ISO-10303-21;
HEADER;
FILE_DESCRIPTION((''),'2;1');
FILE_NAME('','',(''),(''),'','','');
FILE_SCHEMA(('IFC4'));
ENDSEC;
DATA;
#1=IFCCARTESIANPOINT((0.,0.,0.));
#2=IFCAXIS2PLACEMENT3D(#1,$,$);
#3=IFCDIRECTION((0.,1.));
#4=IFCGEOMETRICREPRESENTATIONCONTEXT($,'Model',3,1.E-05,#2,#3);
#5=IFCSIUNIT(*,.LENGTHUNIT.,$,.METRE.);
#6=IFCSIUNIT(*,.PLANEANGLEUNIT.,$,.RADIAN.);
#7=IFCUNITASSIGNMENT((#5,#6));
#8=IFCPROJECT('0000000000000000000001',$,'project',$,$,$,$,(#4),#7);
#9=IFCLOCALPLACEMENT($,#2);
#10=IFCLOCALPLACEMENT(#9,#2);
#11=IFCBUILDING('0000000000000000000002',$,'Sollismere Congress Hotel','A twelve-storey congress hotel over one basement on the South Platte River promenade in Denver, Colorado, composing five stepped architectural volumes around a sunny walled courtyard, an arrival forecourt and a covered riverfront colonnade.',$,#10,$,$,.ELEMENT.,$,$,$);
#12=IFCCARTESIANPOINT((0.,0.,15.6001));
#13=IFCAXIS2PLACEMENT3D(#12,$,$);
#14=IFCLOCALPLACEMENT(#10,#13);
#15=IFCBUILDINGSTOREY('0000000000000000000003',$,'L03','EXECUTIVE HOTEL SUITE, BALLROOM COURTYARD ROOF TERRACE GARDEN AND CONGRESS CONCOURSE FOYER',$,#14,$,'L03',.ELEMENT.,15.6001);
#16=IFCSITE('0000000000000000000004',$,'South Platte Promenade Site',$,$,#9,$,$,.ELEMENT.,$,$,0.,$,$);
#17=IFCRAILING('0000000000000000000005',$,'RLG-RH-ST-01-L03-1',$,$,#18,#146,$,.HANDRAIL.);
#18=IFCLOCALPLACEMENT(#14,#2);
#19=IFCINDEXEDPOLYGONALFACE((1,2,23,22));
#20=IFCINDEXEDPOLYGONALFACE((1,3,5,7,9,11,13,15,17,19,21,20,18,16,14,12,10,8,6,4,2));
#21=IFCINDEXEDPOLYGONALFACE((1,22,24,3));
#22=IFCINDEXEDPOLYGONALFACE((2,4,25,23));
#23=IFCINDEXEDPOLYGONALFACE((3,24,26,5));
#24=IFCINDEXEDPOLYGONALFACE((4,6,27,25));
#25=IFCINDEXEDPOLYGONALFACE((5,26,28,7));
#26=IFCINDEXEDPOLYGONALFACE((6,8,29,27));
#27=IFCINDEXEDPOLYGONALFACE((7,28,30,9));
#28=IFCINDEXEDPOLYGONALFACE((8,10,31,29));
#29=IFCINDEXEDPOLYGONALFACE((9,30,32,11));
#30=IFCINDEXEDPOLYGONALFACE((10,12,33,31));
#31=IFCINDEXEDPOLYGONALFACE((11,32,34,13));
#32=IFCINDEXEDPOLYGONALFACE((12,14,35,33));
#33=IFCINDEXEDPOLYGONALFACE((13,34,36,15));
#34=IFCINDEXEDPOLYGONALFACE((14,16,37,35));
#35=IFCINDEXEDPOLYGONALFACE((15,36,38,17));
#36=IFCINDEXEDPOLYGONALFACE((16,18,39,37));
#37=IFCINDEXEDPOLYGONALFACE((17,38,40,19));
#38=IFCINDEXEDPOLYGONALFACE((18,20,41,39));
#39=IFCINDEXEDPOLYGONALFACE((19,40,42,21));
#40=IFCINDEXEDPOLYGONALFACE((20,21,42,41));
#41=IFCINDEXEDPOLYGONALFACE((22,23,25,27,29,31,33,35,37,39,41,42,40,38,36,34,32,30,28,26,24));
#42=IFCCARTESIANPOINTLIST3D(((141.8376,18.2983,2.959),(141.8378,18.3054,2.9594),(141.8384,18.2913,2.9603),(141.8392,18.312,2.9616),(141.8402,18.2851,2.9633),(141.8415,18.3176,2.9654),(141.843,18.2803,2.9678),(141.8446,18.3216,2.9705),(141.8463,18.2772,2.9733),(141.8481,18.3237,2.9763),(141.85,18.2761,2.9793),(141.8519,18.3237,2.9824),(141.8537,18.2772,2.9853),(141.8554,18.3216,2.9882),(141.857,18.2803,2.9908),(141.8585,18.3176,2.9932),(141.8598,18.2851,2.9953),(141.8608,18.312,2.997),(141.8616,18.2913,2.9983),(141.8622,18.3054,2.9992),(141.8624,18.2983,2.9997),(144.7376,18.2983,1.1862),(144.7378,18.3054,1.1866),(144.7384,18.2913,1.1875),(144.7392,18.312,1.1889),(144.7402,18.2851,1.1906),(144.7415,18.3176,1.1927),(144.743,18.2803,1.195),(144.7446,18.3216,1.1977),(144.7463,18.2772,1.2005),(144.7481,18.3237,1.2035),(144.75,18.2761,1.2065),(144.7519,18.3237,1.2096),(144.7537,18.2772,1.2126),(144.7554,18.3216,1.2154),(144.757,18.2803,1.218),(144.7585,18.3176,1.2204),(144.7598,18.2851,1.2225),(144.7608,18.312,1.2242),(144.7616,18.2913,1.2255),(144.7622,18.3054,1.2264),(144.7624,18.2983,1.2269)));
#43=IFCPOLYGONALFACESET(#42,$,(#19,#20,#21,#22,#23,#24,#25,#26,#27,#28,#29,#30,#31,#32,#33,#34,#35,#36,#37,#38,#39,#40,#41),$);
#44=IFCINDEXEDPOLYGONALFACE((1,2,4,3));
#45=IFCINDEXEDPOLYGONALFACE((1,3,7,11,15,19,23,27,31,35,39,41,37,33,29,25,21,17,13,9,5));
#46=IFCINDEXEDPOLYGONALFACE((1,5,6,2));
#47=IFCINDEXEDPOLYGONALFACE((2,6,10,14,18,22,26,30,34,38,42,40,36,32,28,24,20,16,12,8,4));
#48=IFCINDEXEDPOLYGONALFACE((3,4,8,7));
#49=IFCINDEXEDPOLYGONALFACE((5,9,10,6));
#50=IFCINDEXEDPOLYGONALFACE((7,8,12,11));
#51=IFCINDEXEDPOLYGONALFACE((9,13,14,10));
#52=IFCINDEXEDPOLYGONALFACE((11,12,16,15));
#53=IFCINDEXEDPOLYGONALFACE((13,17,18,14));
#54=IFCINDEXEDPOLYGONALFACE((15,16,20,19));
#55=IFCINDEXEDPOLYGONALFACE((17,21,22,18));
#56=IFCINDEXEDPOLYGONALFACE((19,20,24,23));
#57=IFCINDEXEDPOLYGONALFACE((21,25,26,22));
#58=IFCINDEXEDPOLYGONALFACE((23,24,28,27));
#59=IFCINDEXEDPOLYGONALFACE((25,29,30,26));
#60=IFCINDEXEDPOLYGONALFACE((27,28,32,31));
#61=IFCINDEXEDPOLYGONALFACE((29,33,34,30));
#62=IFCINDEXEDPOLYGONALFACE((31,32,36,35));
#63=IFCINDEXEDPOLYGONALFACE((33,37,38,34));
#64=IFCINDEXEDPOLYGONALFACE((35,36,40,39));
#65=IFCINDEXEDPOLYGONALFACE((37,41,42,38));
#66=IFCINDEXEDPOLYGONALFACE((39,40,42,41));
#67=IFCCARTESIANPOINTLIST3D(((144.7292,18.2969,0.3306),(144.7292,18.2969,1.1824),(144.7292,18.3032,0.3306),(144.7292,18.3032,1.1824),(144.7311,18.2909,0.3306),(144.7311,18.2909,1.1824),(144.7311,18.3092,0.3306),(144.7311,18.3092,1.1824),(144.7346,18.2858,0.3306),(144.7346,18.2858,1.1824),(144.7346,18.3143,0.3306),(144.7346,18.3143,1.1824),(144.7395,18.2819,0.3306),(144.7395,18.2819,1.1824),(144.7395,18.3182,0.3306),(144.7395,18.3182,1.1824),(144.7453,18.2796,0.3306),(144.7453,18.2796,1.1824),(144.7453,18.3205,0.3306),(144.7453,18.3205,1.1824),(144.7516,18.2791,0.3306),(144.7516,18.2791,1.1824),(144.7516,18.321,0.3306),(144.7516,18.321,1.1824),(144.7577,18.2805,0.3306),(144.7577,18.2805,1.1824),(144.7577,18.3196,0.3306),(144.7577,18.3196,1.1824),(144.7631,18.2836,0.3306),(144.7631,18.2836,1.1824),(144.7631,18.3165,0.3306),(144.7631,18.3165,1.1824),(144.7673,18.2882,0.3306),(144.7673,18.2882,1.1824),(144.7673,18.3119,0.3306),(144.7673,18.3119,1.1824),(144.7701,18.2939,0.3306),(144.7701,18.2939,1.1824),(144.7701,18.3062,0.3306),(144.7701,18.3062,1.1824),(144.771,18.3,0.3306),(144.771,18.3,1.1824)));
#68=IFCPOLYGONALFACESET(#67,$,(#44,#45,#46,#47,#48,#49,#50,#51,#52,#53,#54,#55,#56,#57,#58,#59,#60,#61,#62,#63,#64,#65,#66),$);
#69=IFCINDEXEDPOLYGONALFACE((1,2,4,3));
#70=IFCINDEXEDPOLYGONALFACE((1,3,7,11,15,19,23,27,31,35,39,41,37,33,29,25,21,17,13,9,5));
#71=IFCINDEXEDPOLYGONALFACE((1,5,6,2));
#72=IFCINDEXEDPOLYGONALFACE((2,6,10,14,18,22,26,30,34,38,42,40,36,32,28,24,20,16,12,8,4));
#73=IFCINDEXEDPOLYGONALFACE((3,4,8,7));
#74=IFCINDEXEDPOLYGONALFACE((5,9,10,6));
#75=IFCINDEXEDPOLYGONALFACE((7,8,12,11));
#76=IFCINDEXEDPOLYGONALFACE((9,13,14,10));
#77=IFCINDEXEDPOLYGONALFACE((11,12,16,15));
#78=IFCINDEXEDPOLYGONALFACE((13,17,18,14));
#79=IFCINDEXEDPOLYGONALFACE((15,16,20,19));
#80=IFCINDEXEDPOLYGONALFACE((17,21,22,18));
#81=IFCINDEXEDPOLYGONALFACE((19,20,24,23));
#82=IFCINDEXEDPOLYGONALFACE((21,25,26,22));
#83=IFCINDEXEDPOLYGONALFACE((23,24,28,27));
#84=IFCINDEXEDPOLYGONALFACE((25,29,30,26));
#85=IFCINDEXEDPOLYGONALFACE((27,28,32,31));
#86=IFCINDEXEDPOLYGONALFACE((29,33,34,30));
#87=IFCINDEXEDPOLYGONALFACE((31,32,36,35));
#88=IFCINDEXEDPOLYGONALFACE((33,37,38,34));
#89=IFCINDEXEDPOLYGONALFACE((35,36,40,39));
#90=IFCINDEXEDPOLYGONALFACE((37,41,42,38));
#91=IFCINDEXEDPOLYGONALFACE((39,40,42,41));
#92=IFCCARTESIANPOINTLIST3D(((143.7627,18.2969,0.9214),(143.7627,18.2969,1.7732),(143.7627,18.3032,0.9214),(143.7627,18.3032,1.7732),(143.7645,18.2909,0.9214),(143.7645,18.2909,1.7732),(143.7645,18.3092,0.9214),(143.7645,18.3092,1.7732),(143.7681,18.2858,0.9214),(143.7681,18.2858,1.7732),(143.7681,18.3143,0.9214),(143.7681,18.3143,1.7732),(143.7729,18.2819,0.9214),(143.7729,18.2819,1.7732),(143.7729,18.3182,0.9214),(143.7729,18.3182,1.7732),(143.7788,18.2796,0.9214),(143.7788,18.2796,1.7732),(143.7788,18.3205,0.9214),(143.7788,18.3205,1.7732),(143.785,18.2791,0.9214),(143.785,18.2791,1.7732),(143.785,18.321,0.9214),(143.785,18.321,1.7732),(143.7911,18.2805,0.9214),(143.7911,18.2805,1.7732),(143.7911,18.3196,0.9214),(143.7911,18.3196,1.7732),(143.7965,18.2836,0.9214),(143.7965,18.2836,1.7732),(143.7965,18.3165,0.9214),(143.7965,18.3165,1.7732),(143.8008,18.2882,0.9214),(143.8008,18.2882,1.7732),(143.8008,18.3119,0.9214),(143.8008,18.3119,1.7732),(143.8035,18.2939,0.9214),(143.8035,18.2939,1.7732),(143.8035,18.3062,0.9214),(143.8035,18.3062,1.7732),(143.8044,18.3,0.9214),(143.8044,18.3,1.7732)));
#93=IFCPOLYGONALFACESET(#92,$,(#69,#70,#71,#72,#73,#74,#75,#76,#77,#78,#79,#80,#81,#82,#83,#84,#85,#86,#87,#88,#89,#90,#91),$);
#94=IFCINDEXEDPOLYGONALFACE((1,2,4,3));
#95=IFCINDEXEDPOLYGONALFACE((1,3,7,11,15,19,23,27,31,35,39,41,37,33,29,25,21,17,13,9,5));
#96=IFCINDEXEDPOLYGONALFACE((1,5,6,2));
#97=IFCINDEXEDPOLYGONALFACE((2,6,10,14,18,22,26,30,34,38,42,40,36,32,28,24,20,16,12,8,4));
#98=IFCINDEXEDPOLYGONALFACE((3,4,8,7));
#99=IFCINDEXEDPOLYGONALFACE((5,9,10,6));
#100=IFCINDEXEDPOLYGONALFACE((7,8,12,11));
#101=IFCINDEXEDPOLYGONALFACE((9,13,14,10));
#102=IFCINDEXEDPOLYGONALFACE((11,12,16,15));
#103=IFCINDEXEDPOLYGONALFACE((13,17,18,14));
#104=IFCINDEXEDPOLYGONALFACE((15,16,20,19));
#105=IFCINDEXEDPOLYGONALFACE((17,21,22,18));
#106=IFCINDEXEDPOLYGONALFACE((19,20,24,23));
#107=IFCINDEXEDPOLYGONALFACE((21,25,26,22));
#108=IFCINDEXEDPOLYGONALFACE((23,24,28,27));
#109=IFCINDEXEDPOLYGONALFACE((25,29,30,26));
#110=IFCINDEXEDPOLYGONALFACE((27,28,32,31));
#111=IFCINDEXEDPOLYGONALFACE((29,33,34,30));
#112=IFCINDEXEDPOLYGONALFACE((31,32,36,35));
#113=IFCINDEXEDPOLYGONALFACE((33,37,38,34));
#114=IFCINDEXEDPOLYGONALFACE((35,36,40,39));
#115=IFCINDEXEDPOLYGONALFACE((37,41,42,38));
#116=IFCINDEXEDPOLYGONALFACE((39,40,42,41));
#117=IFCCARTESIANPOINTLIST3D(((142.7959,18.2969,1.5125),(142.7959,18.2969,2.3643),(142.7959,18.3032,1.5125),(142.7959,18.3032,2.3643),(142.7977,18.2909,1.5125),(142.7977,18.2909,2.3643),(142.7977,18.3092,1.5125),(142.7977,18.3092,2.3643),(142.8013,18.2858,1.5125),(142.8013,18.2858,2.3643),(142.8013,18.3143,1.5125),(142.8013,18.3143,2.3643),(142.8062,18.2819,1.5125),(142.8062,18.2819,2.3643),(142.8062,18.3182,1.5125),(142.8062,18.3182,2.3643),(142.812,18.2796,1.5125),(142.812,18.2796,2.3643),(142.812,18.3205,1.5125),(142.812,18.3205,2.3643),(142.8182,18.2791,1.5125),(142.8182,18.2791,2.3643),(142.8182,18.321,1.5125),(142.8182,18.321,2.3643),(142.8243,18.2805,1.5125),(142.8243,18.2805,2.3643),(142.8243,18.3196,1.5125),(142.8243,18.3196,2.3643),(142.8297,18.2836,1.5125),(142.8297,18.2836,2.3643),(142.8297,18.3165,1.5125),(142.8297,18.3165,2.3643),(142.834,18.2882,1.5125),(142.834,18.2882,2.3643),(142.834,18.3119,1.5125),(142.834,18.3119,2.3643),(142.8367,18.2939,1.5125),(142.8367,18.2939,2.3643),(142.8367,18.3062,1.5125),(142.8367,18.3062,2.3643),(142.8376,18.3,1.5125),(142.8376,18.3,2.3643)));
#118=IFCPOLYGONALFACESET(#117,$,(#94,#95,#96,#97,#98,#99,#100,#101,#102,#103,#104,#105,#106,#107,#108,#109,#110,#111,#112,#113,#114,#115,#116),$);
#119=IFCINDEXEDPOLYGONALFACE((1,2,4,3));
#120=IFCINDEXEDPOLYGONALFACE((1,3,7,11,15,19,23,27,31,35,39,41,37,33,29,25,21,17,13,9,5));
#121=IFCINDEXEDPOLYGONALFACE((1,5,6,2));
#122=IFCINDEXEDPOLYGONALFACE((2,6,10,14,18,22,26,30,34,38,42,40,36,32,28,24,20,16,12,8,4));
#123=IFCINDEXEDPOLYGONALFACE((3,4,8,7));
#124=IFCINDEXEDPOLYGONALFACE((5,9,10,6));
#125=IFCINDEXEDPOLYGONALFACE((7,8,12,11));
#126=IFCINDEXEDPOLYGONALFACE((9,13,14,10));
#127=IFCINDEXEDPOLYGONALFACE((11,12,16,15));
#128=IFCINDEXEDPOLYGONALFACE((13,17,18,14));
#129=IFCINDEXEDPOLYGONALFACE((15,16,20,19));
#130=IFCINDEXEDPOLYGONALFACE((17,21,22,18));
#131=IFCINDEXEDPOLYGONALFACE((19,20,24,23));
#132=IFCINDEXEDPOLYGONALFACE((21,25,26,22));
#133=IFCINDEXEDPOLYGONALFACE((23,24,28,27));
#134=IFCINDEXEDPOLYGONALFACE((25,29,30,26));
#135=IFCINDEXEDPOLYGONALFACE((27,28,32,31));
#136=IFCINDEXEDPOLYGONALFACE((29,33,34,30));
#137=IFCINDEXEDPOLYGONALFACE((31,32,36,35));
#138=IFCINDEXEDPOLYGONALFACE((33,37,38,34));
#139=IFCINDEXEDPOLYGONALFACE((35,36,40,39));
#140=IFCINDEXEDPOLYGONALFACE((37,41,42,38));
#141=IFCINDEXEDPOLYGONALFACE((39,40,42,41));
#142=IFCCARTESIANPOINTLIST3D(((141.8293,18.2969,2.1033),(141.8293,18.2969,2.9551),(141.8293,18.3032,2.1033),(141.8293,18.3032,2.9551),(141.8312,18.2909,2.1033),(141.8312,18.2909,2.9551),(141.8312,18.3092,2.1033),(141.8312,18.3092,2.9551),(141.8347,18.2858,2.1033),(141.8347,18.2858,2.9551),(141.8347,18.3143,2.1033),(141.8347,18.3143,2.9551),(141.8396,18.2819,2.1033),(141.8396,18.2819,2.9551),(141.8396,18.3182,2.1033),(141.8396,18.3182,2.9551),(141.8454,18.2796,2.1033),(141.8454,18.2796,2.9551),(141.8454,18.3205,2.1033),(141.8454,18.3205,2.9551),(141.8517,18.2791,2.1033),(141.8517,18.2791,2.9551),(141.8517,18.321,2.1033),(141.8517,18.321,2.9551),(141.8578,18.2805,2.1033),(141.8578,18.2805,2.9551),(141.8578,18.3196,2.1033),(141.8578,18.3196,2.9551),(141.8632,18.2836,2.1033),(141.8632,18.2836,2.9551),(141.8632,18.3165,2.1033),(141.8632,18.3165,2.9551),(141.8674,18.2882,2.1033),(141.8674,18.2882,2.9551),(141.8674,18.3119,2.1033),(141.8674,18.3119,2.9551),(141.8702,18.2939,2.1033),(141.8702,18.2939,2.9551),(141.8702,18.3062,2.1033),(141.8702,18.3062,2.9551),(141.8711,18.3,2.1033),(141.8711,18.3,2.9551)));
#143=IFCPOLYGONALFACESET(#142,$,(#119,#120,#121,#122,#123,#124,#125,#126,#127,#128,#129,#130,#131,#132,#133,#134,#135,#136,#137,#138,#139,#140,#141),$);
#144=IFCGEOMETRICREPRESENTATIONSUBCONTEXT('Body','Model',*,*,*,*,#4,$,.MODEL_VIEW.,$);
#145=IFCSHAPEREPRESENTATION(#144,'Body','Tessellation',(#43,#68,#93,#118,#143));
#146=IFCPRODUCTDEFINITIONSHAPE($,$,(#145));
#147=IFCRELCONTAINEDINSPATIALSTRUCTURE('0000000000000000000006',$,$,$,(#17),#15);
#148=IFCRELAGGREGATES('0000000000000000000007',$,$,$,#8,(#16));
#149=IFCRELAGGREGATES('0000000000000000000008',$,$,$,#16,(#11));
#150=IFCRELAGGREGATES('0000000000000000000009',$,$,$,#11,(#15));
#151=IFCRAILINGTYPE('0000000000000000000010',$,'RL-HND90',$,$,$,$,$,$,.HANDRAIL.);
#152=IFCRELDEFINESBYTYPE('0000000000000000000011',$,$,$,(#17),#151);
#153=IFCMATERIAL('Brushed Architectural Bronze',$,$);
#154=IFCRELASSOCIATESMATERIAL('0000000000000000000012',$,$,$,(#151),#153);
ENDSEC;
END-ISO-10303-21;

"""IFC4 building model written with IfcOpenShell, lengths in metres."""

from ifc_helpers import new_model, si_unit, direction, frame, origin, origin_2d, place, context, subcontext, project, spatial, circle, extrude, material, type_object, element, save


model = new_model("IFC4")

# Units and contexts
model_context = context("Model", 3, precision=1e-05, world=origin(), true_north=direction((0.0, 1.0)))
body_context = subcontext(model_context, "Body", "Model", "MODEL_VIEW")
ifc_project = project(units=[si_unit("LENGTHUNIT", "METRE"), si_unit("PLANEANGLEUNIT", "RADIAN")], contexts=[model_context])

# Site, building, storey
site_placement = place(None, origin())
site = spatial("IfcSite", under=ifc_project, at=site_placement, Name="South Platte Promenade Site", CompositionType="ELEMENT", RefElevation=0.0)
building_placement = place(site_placement, origin())
building = spatial("IfcBuilding", under=site, at=building_placement, Name="Sollismere Congress Hotel", Description="A twelve-storey congress hotel over one basement on the South Platte River promenade in Denver, Colorado, composing five stepped architectural volumes around a sunny walled courtyard, an arrival forecourt and a covered riverfront colonnade.", CompositionType="ELEMENT")
storey_placement = place(building_placement, frame((0.0, 0.0, 15.6001)))
storey = spatial("IfcBuildingStorey", under=building, at=storey_placement, Name="L03", Description="EXECUTIVE HOTEL SUITE, BALLROOM COURTYARD ROOF TERRACE GARDEN AND CONGRESS CONCOURSE FOYER", LongName="L03", CompositionType="ELEMENT", Elevation=15.6001)

# Railing
ifc_material_1 = material(Name="Brushed Architectural Bronze")
railing_type_1 = type_object("IfcRailingType", Name="RL-HND90", PredefinedType="HANDRAIL", material=ifc_material_1)
railing_1_placement = place(storey_placement, frame((144.75, 18.3, 0.3306)))
element("IfcRailing", 1, at=railing_1_placement, inside=storey, type_object=railing_type_1, Name="RLG-RH-ST-01-L03-1", PredefinedType="HANDRAIL", context=body_context, shape_type="SweptSolid", body=[
    extrude(circle(Radius=0.0239, at=origin_2d()), frame((0.0, 0.0, 0.876), z_axis=(-0.853211, 0.0, 0.521566), x_axis=(0.0, -1.0, 0.0)), (0.0, 0.0, 1.0), 3.3989),
    extrude(circle(Radius=0.021, at=origin_2d()), origin(), (0.0, 0.0, 1.0), 0.8518),
    extrude(circle(Radius=0.021, at=origin_2d()), frame((-0.9666, 0.0, 0.5908)), (0.0, 0.0, 1.0), 0.8518),
    extrude(circle(Radius=0.021, at=origin_2d()), frame((-1.9333, 0.0, 1.1819)), (0.0, 0.0, 1.0), 0.8518),
    extrude(circle(Radius=0.021, at=origin_2d()), frame((-2.8999, 0.0, 1.7727)), (0.0, 0.0, 1.0), 0.8518),
])

save(model, "model.ifc")
